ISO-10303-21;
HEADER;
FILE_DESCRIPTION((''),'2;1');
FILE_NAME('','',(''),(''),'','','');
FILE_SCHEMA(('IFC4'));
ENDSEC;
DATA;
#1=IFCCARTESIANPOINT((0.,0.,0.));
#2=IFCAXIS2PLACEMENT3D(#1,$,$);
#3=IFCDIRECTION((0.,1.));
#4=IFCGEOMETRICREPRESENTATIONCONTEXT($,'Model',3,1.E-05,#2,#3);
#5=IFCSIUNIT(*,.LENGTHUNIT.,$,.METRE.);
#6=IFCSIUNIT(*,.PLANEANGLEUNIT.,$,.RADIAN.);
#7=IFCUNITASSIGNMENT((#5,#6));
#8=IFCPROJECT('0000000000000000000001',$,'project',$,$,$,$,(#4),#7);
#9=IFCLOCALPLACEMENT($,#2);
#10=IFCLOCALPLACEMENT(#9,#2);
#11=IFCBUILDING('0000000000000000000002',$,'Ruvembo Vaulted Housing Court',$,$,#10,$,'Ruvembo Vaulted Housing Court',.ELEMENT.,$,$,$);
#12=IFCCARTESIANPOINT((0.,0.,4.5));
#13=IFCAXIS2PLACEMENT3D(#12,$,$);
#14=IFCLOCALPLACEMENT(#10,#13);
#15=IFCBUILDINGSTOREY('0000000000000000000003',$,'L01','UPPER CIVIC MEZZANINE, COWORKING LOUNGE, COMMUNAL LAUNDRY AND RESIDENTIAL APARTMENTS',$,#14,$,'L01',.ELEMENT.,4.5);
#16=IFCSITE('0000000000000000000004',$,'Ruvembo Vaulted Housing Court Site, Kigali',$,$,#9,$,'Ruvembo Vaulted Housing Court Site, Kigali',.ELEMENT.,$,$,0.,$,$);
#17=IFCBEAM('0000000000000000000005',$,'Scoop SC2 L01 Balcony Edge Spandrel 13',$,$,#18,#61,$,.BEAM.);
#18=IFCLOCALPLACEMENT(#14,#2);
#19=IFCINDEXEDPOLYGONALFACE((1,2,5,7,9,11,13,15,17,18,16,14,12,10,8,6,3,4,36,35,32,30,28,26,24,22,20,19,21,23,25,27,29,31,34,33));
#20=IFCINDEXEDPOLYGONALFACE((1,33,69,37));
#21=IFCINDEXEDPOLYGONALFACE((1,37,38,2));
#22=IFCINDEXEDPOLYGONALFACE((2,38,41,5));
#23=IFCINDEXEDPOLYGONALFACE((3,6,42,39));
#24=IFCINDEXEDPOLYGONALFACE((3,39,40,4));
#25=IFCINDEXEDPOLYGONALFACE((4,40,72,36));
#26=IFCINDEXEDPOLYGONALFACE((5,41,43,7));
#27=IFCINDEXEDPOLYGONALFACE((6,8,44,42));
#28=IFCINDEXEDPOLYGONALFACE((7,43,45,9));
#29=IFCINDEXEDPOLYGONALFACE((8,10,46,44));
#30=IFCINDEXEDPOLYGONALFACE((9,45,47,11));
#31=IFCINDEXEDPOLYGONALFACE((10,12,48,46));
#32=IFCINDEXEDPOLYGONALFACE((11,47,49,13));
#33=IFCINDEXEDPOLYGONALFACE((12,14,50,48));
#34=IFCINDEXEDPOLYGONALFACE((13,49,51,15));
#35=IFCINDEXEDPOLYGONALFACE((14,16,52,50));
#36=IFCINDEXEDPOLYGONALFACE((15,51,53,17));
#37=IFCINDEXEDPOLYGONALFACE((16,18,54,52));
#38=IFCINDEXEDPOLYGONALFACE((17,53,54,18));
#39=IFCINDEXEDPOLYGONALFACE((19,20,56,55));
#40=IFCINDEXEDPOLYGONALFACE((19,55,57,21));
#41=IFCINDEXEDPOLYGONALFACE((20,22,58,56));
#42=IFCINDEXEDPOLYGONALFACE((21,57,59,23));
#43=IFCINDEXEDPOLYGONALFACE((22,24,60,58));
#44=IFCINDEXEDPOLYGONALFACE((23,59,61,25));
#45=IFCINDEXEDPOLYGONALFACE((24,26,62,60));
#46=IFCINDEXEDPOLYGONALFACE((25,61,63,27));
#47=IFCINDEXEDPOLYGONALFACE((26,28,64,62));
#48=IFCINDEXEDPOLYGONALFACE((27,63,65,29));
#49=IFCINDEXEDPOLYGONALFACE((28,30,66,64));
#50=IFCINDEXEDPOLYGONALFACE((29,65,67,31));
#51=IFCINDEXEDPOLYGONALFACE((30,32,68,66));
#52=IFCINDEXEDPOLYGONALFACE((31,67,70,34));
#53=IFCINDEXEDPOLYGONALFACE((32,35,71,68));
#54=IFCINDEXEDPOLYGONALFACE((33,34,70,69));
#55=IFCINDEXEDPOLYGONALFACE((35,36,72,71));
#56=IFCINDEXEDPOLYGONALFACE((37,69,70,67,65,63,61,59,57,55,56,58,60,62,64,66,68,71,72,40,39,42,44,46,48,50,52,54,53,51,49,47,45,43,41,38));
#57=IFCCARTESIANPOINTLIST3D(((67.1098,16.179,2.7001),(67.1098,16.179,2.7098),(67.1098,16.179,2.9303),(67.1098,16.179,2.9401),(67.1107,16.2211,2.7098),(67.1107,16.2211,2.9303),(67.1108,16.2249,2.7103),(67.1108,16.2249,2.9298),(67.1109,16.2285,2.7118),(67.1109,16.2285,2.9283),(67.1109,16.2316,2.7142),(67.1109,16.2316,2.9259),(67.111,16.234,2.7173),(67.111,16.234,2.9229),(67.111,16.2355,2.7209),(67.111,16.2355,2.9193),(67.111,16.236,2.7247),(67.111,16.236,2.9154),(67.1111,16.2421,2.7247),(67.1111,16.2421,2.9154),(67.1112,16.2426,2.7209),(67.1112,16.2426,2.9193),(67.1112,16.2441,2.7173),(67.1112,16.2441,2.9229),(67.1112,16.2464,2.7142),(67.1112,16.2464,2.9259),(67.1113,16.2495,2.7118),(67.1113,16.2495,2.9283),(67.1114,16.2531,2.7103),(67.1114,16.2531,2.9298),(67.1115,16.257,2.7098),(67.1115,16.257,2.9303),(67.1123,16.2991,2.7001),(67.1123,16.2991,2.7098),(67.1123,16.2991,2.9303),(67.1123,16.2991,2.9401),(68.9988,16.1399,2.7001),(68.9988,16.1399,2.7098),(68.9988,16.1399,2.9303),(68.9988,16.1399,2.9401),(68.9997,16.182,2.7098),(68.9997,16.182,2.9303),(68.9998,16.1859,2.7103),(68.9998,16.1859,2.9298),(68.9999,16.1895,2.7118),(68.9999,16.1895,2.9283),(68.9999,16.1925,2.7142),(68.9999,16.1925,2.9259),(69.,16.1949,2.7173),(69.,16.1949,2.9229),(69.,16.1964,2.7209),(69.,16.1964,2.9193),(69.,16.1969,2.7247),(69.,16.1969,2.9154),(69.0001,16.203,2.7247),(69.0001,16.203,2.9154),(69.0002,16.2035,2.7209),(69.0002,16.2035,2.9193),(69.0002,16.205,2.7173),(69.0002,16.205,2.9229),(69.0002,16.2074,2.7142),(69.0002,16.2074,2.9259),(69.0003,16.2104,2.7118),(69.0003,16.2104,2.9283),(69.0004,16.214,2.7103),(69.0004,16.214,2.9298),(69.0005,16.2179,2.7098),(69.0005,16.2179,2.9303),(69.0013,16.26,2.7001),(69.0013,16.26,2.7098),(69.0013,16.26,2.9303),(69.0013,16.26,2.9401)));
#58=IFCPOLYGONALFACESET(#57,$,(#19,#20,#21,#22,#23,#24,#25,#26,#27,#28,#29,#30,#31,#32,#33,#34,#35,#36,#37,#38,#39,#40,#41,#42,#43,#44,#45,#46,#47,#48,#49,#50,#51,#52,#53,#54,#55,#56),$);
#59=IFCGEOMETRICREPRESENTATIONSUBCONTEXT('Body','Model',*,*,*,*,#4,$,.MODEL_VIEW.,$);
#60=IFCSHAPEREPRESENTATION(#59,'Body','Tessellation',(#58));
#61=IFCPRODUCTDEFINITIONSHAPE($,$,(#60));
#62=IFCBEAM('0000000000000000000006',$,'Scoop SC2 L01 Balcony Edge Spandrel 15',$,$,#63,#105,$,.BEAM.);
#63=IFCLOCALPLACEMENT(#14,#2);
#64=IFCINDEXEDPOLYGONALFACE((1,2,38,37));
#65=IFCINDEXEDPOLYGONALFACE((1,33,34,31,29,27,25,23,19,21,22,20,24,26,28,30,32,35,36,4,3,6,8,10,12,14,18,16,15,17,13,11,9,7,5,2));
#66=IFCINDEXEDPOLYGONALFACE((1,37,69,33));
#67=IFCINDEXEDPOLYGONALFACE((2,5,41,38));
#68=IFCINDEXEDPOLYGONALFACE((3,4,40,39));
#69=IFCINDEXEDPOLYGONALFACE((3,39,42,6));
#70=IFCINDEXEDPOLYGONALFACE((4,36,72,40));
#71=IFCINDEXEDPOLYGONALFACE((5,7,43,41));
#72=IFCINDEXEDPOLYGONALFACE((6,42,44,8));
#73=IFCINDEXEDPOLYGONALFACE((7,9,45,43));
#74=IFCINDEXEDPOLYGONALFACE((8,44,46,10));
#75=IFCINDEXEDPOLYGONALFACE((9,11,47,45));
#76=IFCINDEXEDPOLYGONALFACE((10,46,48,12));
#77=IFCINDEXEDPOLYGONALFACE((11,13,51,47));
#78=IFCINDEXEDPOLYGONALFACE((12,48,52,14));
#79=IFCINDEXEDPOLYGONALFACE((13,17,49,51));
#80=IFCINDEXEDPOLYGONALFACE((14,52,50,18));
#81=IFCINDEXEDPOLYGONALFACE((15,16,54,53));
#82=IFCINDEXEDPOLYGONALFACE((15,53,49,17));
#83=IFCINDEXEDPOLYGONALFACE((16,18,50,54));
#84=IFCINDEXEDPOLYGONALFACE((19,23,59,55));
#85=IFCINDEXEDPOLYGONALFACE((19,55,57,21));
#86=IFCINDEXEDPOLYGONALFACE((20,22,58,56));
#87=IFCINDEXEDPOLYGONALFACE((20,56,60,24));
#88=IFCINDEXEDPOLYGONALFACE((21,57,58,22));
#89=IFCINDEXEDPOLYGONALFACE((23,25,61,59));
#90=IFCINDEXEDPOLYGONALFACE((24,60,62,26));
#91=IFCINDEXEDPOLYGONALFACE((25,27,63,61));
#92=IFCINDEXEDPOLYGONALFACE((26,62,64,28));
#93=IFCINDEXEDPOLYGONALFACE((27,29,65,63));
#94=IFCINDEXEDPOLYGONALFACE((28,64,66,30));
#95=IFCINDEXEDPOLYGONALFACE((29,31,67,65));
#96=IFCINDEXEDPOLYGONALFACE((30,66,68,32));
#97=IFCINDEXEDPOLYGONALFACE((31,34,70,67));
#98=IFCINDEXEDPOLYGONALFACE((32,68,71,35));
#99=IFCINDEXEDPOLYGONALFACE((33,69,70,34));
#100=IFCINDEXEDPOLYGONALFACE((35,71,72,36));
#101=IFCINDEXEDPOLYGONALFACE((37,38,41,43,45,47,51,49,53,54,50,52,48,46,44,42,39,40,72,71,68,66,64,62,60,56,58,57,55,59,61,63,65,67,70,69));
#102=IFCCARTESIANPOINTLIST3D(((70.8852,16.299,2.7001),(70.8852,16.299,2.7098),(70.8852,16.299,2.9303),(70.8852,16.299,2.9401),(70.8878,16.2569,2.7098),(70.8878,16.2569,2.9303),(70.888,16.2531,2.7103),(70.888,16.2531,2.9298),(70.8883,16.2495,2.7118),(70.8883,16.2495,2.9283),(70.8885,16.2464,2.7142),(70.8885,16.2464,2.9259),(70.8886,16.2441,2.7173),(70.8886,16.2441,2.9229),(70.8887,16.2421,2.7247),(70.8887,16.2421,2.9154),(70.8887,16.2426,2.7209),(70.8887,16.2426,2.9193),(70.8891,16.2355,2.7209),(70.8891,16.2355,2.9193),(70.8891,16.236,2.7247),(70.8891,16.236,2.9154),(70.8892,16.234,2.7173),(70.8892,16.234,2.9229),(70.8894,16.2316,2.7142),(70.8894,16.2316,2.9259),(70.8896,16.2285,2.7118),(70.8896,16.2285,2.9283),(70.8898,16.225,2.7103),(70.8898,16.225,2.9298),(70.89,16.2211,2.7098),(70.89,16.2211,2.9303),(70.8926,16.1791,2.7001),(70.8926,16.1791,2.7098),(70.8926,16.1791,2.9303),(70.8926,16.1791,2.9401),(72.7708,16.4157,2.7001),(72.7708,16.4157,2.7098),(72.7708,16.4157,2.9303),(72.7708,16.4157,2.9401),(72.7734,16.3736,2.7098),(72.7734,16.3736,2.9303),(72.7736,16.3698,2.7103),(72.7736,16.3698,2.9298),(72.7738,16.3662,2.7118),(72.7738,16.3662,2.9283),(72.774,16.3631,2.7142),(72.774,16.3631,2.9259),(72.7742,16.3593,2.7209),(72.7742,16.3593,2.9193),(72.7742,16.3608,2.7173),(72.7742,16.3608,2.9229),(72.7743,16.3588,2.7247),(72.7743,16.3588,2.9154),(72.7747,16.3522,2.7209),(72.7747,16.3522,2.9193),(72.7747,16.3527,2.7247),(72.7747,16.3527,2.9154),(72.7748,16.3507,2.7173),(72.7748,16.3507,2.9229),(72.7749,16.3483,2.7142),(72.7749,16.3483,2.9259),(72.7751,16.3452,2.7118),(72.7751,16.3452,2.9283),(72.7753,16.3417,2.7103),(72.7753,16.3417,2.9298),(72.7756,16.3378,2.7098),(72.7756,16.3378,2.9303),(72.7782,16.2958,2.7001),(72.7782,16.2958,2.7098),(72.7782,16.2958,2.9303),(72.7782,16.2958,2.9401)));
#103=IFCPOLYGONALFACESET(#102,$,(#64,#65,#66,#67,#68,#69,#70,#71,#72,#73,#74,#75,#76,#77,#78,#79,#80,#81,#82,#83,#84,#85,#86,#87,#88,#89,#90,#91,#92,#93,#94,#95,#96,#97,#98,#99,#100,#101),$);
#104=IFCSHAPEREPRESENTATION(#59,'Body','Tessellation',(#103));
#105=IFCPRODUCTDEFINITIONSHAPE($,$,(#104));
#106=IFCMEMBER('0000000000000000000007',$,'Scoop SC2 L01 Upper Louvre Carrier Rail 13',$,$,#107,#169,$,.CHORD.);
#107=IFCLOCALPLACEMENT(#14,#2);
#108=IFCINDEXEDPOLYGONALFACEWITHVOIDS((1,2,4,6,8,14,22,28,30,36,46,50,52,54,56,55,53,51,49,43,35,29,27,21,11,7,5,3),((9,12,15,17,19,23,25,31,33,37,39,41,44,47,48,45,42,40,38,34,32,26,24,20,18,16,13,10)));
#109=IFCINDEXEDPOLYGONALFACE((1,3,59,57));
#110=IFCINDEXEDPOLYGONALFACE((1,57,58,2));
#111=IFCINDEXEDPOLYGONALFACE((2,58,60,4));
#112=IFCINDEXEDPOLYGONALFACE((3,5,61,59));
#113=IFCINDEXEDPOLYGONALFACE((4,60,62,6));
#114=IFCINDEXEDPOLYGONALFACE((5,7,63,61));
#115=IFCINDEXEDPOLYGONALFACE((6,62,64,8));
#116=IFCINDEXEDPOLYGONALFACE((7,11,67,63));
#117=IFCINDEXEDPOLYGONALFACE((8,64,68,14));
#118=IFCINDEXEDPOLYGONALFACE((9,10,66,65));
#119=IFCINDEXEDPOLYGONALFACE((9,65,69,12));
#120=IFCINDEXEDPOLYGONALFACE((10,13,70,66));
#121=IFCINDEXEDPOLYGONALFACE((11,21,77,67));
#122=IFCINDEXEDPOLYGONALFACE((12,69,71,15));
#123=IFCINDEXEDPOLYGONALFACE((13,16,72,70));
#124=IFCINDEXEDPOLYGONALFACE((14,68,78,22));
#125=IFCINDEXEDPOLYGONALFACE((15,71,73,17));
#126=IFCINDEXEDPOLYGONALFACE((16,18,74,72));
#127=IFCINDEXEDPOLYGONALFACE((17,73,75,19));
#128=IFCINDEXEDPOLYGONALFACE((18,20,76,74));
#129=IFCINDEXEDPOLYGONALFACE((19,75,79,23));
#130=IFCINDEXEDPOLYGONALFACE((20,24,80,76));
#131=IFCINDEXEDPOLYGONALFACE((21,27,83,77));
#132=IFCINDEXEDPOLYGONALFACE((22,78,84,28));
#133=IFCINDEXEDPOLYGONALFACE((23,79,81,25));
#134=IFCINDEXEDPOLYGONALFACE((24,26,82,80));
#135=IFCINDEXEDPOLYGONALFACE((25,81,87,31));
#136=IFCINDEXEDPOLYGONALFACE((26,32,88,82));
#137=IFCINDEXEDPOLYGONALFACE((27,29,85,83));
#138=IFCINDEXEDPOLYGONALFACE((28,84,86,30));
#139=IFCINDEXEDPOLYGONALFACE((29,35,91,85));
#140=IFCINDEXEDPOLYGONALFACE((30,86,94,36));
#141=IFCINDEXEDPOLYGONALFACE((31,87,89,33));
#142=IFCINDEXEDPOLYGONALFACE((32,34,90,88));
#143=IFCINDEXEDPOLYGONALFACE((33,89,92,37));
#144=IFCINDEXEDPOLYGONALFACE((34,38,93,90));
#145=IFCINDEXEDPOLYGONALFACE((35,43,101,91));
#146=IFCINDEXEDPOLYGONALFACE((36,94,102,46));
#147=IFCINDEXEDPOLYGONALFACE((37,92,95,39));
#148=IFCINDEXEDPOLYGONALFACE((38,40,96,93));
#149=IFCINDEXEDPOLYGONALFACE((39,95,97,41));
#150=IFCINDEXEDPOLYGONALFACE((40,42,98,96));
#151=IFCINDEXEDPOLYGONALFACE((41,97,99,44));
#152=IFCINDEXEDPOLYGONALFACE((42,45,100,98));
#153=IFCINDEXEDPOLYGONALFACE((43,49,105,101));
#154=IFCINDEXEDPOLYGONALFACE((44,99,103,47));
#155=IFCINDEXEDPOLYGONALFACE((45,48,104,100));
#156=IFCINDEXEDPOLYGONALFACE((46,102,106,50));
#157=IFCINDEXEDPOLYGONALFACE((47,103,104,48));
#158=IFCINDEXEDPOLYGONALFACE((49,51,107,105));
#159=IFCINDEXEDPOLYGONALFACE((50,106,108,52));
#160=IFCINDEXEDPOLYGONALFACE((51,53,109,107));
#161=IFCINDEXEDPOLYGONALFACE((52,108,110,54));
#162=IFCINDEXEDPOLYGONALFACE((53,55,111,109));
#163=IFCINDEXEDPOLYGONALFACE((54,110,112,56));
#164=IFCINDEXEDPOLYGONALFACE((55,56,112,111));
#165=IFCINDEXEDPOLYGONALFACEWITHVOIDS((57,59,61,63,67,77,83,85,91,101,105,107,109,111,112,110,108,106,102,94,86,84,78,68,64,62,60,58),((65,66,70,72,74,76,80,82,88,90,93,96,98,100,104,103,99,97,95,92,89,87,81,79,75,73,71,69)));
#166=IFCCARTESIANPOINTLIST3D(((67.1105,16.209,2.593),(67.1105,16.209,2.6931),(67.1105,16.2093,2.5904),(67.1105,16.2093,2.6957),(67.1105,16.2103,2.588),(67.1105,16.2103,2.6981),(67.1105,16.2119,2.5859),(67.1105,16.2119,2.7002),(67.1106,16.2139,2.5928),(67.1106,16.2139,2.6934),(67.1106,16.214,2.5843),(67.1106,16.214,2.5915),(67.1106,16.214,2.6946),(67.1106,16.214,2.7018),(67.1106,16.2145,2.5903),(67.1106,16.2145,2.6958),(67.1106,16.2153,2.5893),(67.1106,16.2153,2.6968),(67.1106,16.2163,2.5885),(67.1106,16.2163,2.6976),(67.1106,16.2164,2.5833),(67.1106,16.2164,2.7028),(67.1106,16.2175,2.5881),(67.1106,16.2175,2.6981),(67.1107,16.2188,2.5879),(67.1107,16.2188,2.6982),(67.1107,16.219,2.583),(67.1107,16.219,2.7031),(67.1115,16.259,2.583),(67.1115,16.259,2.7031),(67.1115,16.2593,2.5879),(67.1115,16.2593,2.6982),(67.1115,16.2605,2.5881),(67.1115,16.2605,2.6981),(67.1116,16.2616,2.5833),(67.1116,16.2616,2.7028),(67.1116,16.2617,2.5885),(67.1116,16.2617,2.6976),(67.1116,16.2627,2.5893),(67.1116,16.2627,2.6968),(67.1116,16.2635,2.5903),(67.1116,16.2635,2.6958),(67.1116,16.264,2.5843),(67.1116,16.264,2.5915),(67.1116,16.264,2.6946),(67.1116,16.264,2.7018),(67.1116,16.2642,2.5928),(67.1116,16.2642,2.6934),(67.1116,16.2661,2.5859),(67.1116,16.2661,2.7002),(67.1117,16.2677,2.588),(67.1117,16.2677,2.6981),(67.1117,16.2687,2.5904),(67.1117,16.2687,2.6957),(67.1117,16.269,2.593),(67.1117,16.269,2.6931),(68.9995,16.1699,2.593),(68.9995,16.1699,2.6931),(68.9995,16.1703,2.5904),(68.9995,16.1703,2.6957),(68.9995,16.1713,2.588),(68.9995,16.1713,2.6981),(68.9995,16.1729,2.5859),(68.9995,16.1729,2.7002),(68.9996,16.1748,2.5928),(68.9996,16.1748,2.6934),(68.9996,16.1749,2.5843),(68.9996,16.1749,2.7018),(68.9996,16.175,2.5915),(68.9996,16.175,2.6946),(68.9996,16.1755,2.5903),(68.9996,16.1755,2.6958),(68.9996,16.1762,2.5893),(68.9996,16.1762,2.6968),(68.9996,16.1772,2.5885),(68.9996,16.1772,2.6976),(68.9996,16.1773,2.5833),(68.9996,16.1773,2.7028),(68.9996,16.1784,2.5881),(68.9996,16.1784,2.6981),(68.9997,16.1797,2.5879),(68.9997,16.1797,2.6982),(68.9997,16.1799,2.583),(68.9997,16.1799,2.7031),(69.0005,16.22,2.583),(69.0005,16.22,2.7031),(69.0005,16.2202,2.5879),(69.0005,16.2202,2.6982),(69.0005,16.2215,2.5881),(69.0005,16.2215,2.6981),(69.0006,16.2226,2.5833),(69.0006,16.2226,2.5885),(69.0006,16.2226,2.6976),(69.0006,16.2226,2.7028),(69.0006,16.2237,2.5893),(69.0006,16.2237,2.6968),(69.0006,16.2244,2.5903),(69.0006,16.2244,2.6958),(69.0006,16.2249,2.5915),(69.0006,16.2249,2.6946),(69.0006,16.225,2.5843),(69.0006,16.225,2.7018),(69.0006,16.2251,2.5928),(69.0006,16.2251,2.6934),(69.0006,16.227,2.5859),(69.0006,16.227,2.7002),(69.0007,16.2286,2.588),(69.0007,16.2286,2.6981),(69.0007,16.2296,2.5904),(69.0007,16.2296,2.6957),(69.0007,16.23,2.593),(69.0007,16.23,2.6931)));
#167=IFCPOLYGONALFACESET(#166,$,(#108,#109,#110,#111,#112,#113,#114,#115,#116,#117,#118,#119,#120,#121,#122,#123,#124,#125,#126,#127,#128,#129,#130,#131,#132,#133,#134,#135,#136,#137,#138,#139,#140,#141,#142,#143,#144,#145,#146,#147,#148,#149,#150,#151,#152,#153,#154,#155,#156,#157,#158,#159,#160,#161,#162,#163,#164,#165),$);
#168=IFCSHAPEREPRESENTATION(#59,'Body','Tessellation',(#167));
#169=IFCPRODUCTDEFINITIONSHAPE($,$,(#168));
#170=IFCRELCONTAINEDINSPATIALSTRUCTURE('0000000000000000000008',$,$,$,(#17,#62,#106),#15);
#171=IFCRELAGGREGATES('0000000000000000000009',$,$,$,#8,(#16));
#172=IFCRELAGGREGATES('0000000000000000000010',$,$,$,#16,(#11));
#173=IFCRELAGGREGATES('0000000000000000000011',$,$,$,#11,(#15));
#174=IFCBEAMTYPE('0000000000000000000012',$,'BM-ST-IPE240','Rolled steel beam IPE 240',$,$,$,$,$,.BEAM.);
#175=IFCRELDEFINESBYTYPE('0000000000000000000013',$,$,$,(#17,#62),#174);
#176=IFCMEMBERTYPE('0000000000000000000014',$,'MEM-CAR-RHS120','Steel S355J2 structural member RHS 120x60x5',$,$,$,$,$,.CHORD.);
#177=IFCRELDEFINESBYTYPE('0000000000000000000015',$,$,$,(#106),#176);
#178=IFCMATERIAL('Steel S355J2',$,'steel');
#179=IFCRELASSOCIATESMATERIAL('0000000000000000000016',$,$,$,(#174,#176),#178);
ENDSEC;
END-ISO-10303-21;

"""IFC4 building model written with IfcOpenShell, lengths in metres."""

from ifc_helpers import new_model, si_unit, direction, frame, origin, origin_2d, place, context, subcontext, project, spatial, hollow_rectangle, i_section, extrude, material, material_profile, profile_set, type_object, element, save


model = new_model("IFC4")

# Units and contexts
model_context = context("Model", 3, precision=1e-05, world=origin(), true_north=direction((0.0, 1.0)))
body_context = subcontext(model_context, "Body", "Model", "MODEL_VIEW")
ifc_project = project(units=[si_unit("LENGTHUNIT", "METRE"), si_unit("PLANEANGLEUNIT", "RADIAN")], contexts=[model_context])

# Site, building, storey
site_placement = place(None, origin())
site = spatial("IfcSite", under=ifc_project, at=site_placement, Name="Ruvembo Vaulted Housing Court Site, Kigali", LongName="Ruvembo Vaulted Housing Court Site, Kigali", CompositionType="ELEMENT", RefElevation=0.0)
building_placement = place(site_placement, origin())
building = spatial("IfcBuilding", under=site, at=building_placement, Name="Ruvembo Vaulted Housing Court", LongName="Ruvembo Vaulted Housing Court", CompositionType="ELEMENT")
storey_placement = place(building_placement, frame((0.0, 0.0, 4.5)))
storey = spatial("IfcBuildingStorey", under=building, at=storey_placement, Name="L01", Description="UPPER CIVIC MEZZANINE, COWORKING LOUNGE, COMMUNAL LAUNDRY AND RESIDENTIAL APARTMENTS", LongName="L01", CompositionType="ELEMENT", Elevation=4.5)

# Beams
ifc_material_1 = material(Name="Steel S355J2", Category="steel")
ifc_material_profile_1 = material_profile(ifc_material_1, i_section(OverallWidth=0.1201, OverallDepth=0.24, WebThickness=0.0061, FlangeThickness=0.0098, FilletRadius=0.0149, at=origin_2d()), Name="IPE 240")
ifc_profile_set_1 = profile_set([ifc_material_profile_1], Name="Steel S355J2")
beam_type = type_object("IfcBeamType", Name="BM-ST-IPE240", Description="Rolled steel beam IPE 240", PredefinedType="BEAM", material=ifc_profile_set_1)
beam_1_placement = place(storey_placement, frame((67.1111, 16.239, 2.8201), z_axis=(0.999786, -0.020675, 0.0), x_axis=(0.020675, 0.999786, 0.0)))
element("IfcBeam", 1, at=beam_1_placement, inside=storey, type_object=beam_type, Name="Scoop SC2 L01 Balcony Edge Spandrel 13", PredefinedType="BEAM", context=body_context, shape_type="SweptSolid", body=[
    extrude(i_section(OverallWidth=0.1201, OverallDepth=0.24, WebThickness=0.0061, FlangeThickness=0.0098, FilletRadius=0.0149, at=origin_2d()), origin(), (0.0, 0.0, 1.0), 1.8894),
])
beam_2_placement = place(storey_placement, frame((70.8889, 16.239, 2.8201), z_axis=(0.99809, 0.061775, 0.0), x_axis=(-0.061775, 0.99809, 0.0)))
element("IfcBeam", 2, at=beam_2_placement, inside=storey, type_object=beam_type, Name="Scoop SC2 L01 Balcony Edge Spandrel 15", PredefinedType="BEAM", context=body_context, shape_type="SweptSolid", body=[
    extrude(i_section(OverallWidth=0.1201, OverallDepth=0.24, WebThickness=0.0061, FlangeThickness=0.0098, FilletRadius=0.0149, at=origin_2d()), origin(), (0.0, 0.0, 1.0), 1.8892),
])

# Member
ifc_material_profile_2 = material_profile(ifc_material_1, hollow_rectangle(XDim=0.0601, YDim=0.1201, WallThickness=0.0049, InnerFilletRadius=0.0049, OuterFilletRadius=0.01, at=origin_2d()), Name="RHS 120x60x5")
ifc_profile_set_2 = profile_set([ifc_material_profile_2], Name="Steel S355J2")
member_type_1 = type_object("IfcMemberType", Name="MEM-CAR-RHS120", Description="Steel S355J2 structural member RHS 120x60x5", PredefinedType="CHORD", material=ifc_profile_set_2)
for number, where, z_axis, x_axis, name in (
    (3, (67.1111, 16.239, 2.6431), (0.999786, -0.020675, 0.0), (0.020675, 0.999786, 0.0), "Scoop SC2 L01 Upper Louvre Carrier Rail 13"),
):
    element("IfcMember", number, at=place(storey_placement, frame(where, z_axis=z_axis, x_axis=x_axis)), inside=storey, type_object=member_type_1, Name=name, PredefinedType="CHORD", context=body_context, shape_type="SweptSolid", body=[
        extrude(hollow_rectangle(XDim=0.0601, YDim=0.1201, WallThickness=0.0049, InnerFilletRadius=0.0049, OuterFilletRadius=0.01, at=origin_2d()), origin(), (0.0, 0.0, 1.0), 1.8894),
    ])

save(model, "model.ifc")
